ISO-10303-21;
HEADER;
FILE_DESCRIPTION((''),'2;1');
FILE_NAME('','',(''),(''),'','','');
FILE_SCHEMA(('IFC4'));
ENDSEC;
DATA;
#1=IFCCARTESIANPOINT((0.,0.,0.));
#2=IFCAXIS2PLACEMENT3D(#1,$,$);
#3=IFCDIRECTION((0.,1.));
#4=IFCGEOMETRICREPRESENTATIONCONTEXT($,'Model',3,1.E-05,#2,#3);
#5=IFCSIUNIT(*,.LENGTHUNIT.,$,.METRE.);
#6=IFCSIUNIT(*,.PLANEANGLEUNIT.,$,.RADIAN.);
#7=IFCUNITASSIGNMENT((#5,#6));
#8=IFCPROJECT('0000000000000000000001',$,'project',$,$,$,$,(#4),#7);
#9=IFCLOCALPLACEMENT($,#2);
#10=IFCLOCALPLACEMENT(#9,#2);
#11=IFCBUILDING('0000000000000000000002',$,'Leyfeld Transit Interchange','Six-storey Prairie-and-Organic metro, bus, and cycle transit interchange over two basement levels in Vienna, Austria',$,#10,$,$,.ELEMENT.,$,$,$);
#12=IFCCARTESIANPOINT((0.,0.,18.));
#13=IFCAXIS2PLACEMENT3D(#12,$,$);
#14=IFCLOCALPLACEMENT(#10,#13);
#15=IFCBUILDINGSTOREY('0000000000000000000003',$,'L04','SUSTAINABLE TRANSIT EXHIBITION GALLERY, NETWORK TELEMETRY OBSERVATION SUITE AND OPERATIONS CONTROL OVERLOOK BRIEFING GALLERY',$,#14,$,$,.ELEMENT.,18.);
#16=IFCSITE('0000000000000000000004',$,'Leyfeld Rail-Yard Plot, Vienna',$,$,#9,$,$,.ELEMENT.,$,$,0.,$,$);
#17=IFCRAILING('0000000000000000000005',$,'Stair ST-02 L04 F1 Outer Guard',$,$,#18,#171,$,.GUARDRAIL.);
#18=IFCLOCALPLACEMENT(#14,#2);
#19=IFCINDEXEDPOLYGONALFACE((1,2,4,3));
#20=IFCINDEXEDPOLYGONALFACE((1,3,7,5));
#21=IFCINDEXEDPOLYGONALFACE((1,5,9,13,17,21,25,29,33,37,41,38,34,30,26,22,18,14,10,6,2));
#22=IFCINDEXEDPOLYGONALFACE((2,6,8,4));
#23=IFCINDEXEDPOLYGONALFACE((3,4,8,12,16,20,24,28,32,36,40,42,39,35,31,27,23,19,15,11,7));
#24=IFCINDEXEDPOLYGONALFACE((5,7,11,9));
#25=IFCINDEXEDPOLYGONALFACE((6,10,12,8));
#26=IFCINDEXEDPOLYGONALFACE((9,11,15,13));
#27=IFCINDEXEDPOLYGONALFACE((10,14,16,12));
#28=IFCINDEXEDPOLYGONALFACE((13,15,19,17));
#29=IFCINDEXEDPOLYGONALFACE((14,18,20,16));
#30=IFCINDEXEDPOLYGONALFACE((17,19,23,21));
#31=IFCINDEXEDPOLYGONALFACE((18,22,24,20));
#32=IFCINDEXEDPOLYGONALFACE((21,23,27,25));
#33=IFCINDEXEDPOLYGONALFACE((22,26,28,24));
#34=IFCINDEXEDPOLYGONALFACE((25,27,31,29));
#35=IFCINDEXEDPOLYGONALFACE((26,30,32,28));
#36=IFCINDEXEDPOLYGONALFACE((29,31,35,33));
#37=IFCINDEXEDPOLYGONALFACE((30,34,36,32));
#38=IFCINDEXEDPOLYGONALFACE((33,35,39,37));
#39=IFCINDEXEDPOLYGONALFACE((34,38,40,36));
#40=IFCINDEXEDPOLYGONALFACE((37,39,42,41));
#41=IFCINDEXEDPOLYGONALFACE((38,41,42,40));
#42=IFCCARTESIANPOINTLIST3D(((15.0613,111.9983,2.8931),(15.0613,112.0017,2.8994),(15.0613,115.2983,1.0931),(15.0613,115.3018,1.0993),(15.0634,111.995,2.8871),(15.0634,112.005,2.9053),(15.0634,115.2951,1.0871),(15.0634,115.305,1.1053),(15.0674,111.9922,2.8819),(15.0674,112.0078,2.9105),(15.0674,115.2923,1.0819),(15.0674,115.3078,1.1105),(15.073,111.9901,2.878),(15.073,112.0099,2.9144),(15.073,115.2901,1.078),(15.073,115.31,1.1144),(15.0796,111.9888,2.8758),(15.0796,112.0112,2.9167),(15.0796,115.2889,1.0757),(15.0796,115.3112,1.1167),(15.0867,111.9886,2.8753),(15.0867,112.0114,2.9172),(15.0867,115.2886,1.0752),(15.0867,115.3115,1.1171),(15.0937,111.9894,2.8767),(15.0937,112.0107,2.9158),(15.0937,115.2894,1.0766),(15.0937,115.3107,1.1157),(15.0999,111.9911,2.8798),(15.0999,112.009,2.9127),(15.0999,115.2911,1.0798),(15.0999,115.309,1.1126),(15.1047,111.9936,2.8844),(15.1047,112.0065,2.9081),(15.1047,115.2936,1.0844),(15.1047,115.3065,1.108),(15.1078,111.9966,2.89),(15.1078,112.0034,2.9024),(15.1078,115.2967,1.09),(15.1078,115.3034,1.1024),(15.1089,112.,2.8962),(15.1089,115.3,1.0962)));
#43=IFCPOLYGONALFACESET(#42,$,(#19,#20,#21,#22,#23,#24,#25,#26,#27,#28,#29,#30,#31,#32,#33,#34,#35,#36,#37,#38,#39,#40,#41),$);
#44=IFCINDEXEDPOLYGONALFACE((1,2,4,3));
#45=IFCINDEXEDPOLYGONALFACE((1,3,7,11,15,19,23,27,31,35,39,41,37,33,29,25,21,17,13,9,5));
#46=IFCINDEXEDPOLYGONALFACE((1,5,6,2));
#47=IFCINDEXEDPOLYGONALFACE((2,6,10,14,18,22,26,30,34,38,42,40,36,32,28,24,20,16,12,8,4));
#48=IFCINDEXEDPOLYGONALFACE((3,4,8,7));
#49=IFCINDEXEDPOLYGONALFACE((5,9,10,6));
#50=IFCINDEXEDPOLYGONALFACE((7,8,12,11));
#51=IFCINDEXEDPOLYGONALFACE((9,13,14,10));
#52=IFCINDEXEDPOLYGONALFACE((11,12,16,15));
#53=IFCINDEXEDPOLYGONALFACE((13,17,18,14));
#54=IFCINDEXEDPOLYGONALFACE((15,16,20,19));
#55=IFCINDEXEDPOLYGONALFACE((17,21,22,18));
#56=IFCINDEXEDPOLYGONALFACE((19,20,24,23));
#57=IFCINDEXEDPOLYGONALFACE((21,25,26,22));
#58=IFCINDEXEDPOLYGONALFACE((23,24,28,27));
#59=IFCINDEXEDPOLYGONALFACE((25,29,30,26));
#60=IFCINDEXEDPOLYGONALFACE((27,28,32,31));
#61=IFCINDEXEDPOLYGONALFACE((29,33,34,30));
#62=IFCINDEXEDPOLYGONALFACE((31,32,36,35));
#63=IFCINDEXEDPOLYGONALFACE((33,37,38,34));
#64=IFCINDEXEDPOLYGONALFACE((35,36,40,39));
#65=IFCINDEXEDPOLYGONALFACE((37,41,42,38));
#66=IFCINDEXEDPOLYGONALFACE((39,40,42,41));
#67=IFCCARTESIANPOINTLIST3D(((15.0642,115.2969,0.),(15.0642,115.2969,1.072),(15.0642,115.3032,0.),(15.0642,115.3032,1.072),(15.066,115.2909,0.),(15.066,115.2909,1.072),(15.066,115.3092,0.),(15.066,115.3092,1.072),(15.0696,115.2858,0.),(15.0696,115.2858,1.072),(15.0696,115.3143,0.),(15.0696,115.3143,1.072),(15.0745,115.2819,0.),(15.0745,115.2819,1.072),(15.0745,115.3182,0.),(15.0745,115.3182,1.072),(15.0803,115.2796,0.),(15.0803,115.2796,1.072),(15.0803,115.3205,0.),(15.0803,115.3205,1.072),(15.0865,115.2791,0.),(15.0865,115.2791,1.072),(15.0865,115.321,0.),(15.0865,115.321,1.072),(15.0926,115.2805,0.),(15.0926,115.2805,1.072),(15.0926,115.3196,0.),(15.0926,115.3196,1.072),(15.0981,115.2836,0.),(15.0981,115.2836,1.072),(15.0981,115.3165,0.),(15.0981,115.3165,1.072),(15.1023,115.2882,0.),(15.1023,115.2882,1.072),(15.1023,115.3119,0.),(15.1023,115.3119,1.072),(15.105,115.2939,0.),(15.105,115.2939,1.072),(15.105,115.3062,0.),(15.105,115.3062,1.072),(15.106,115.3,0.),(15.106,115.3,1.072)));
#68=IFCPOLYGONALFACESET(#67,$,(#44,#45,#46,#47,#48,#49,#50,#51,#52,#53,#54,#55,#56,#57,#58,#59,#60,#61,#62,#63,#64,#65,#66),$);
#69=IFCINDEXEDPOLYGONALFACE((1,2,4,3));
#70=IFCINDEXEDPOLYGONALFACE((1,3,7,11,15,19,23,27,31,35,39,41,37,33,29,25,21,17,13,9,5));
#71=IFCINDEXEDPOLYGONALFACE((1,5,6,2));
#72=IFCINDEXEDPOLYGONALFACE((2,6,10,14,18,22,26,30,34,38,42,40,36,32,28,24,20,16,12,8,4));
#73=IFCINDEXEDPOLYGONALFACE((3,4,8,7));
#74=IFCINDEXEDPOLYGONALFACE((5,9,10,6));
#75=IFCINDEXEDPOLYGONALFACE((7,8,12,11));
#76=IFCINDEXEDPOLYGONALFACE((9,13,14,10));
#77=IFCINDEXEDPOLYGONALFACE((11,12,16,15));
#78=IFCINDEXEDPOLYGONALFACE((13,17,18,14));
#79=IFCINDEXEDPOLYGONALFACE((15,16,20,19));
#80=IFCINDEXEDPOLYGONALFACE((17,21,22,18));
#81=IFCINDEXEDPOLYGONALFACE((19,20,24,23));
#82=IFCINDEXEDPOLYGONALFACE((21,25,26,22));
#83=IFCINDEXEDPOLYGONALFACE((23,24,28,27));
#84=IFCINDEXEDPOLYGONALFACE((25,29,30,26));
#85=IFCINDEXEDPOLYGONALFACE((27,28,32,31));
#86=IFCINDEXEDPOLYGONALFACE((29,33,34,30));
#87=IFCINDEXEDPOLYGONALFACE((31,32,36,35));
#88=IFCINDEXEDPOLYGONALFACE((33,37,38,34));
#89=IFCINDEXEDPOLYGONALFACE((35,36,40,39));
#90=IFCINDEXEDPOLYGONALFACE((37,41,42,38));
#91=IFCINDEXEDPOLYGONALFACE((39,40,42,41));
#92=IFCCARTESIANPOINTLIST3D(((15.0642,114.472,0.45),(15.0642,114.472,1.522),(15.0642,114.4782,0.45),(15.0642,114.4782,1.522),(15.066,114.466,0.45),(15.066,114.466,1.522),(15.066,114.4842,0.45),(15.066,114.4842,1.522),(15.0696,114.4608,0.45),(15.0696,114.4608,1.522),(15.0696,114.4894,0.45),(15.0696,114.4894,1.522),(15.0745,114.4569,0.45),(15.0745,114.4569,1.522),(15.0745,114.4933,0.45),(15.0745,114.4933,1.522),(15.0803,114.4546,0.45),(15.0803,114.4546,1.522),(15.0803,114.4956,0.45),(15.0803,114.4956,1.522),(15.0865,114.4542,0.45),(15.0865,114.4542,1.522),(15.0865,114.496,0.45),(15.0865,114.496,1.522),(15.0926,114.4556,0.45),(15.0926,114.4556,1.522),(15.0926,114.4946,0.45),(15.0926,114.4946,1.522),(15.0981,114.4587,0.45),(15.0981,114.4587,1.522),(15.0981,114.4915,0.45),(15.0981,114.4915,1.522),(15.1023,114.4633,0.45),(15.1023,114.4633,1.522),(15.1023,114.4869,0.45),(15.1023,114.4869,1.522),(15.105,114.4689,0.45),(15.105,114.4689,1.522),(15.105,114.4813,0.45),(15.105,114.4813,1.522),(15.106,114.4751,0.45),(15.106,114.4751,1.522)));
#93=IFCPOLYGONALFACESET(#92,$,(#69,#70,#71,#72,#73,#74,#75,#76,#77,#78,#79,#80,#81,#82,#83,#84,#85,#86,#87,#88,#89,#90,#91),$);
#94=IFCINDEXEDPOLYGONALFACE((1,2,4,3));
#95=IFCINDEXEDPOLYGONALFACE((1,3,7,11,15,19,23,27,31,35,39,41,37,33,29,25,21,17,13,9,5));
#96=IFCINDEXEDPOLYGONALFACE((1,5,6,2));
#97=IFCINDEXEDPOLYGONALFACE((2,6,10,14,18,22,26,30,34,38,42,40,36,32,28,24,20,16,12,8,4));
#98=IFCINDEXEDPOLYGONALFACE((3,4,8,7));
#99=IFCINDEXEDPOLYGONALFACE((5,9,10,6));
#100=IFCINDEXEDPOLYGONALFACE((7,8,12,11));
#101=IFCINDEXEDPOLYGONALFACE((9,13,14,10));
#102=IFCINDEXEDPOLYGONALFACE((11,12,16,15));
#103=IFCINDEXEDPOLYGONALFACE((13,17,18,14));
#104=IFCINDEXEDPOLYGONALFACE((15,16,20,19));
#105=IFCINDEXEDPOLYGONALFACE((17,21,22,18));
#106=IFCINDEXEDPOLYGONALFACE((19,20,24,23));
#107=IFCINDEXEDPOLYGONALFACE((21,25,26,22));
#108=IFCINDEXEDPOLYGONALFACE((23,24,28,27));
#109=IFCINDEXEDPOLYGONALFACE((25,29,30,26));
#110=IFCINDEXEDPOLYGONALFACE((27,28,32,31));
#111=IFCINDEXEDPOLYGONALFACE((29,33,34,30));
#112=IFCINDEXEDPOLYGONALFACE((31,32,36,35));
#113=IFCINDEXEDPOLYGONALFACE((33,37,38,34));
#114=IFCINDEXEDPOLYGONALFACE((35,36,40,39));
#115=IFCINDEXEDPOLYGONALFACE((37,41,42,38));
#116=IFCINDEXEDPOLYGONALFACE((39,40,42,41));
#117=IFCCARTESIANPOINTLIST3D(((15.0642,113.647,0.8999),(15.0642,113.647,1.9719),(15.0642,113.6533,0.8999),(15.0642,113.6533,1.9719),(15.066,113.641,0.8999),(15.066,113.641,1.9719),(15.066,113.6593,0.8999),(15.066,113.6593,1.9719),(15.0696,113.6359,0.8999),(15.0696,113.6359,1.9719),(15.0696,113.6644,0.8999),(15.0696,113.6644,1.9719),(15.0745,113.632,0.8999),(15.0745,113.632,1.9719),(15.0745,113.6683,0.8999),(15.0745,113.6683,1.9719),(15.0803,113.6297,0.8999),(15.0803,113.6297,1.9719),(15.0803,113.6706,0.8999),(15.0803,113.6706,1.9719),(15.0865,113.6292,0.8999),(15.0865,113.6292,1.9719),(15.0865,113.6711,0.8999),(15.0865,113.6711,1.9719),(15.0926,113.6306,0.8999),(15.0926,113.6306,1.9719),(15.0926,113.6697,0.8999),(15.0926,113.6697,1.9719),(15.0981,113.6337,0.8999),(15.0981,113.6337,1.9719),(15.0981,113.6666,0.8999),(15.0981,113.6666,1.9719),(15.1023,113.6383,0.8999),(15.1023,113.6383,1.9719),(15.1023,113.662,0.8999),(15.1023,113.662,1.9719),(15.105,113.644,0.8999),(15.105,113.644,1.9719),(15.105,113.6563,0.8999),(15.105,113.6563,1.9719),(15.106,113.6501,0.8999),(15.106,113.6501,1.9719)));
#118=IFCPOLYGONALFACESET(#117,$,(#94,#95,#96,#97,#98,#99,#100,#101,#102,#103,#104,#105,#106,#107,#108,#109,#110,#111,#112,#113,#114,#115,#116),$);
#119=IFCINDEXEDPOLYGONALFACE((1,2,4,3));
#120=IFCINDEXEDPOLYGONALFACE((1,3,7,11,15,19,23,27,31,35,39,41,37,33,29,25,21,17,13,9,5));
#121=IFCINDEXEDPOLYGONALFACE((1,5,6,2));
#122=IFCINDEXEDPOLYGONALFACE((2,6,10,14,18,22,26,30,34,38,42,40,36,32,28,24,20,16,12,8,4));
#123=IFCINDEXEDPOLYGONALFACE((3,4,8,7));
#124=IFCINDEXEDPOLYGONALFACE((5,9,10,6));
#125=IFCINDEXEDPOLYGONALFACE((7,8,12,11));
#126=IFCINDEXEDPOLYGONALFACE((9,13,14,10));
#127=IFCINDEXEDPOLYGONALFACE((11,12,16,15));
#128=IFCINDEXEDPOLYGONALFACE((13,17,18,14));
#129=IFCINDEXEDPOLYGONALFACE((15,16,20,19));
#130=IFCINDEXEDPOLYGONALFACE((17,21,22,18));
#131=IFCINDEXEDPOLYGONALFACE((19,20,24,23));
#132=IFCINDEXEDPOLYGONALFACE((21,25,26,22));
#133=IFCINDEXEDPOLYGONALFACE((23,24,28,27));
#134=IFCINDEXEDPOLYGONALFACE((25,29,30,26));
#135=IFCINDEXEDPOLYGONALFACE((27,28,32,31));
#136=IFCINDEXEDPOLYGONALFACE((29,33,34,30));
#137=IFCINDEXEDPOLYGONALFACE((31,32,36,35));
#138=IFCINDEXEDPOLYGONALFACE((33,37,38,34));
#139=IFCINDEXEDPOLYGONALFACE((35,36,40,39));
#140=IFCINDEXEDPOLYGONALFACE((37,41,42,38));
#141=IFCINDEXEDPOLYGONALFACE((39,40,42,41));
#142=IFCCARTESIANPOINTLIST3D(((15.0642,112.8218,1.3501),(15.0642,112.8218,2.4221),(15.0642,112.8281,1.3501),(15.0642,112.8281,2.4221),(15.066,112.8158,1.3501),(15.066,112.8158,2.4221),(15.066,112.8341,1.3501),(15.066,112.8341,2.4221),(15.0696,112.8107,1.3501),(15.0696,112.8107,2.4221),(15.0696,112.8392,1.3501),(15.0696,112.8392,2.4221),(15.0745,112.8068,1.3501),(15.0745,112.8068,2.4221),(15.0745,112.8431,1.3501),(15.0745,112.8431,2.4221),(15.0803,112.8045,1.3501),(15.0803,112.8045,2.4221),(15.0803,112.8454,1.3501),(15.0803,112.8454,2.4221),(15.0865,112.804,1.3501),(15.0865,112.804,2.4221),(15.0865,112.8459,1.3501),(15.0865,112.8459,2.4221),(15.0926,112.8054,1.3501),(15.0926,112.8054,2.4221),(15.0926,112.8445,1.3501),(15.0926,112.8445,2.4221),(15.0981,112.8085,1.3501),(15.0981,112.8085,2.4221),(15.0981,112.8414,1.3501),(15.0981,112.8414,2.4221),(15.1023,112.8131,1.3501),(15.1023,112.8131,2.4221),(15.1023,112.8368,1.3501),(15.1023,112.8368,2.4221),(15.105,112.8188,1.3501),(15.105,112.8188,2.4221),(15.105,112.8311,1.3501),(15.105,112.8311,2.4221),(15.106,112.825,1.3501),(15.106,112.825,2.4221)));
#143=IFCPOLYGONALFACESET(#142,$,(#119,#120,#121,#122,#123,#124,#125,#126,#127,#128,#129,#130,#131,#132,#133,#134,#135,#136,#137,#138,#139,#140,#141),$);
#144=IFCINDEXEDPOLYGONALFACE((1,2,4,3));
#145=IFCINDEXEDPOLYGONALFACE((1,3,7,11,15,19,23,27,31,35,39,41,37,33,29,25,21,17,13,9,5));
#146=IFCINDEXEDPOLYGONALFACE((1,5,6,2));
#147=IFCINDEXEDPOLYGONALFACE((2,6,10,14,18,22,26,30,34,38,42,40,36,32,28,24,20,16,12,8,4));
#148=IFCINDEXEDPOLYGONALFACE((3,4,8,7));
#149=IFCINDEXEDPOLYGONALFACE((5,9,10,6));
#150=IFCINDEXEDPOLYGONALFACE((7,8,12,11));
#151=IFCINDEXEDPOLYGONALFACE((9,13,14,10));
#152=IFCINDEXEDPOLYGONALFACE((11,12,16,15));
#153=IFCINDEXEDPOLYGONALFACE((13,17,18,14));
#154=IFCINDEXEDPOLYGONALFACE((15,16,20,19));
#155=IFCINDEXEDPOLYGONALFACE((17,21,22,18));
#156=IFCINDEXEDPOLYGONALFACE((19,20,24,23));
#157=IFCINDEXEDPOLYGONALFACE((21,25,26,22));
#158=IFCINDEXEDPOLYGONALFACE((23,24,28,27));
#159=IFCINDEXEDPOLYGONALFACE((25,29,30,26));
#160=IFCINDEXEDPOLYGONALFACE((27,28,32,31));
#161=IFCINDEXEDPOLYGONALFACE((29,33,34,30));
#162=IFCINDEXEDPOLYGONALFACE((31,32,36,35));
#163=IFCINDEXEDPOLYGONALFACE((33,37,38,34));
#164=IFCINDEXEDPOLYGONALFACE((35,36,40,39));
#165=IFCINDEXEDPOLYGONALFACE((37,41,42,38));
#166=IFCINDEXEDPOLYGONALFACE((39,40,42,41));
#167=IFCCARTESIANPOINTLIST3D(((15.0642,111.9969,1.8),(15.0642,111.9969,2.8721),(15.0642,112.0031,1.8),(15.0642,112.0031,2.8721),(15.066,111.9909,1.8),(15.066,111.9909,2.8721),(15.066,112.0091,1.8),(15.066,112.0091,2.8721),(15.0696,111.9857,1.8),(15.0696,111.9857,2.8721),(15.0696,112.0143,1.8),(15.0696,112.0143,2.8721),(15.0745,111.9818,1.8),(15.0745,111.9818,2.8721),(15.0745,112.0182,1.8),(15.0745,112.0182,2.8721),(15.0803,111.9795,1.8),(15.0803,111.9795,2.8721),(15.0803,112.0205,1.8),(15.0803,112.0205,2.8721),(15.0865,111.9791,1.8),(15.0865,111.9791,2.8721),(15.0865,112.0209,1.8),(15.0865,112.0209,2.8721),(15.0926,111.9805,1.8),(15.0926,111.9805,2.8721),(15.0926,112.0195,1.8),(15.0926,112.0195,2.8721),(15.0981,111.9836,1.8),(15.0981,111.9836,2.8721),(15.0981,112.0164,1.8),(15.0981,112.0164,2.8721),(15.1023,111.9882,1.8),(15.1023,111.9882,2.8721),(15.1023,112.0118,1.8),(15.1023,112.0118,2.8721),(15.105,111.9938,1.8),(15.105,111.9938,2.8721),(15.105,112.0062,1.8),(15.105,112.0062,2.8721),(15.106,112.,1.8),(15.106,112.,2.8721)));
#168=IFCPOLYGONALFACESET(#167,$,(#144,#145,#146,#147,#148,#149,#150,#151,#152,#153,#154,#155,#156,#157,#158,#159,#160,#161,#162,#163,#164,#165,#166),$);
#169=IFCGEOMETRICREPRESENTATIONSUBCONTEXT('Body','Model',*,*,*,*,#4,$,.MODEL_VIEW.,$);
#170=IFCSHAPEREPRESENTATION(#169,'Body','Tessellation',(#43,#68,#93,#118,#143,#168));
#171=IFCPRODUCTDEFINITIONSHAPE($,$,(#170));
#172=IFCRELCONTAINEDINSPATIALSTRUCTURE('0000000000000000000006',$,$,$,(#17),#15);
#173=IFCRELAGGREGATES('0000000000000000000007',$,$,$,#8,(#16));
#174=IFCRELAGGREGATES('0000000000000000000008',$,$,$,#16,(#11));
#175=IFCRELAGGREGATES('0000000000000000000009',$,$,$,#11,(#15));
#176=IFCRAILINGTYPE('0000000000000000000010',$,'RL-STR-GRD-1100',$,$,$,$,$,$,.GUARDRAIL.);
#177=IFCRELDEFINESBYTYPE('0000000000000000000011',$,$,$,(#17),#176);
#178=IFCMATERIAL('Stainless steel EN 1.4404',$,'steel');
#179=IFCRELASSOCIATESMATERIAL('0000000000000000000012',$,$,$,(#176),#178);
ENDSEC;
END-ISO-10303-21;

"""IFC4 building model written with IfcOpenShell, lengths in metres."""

from ifc_helpers import new_model, si_unit, direction, frame, origin, origin_2d, place, context, subcontext, project, spatial, circle, extrude, material, type_object, element, save


model = new_model("IFC4")

# Units and contexts
model_context = context("Model", 3, precision=1e-05, world=origin(), true_north=direction((0.0, 1.0)))
body_context = subcontext(model_context, "Body", "Model", "MODEL_VIEW")
ifc_project = project(units=[si_unit("LENGTHUNIT", "METRE"), si_unit("PLANEANGLEUNIT", "RADIAN")], contexts=[model_context])

# Site, building, storey
site_placement = place(None, origin())
site = spatial("IfcSite", under=ifc_project, at=site_placement, Name="Leyfeld Rail-Yard Plot, Vienna", CompositionType="ELEMENT", RefElevation=0.0)
building_placement = place(site_placement, origin())
building = spatial("IfcBuilding", under=site, at=building_placement, Name="Leyfeld Transit Interchange", Description="Six-storey Prairie-and-Organic metro, bus, and cycle transit interchange over two basement levels in Vienna, Austria", CompositionType="ELEMENT")
storey_placement = place(building_placement, frame((0.0, 0.0, 18.0)))
storey = spatial("IfcBuildingStorey", under=building, at=storey_placement, Name="L04", Description="SUSTAINABLE TRANSIT EXHIBITION GALLERY, NETWORK TELEMETRY OBSERVATION SUITE AND OPERATIONS CONTROL OVERLOOK BRIEFING GALLERY", CompositionType="ELEMENT", Elevation=18.0)

# Shared definitions
ifc_material_1 = material(Name="Stainless steel EN 1.4404", Category="steel")

# Railing
railing_type_1 = type_object("IfcRailingType", Name="RL-STR-GRD-1100", PredefinedType="GUARDRAIL", material=ifc_material_1)
for number, where, name in (
    (1, (15.085, 115.3, 0.0), "Stair ST-02 L04 F1 Outer Guard"),
):
    element("IfcRailing", number, at=place(storey_placement, frame(where)), inside=storey, type_object=railing_type_1, Name=name, PredefinedType="GUARDRAIL", context=body_context, shape_type="SweptSolid", body=[
        extrude(circle(Radius=0.0239, at=origin_2d()), frame((0.0, 0.0, 1.0962), z_axis=(0.0, -0.877893, 0.478857), x_axis=(1.0, 0.0, 0.0)), (0.0, 0.0, 1.0), 3.759),
        extrude(circle(Radius=0.021, at=origin_2d()), origin(), (0.0, 0.0, 1.0), 1.072),
        extrude(circle(Radius=0.021, at=origin_2d()), frame((0.0, -0.825, 0.45)), (0.0, 0.0, 1.0), 1.072),
        extrude(circle(Radius=0.021, at=origin_2d()), frame((0.0, -1.6499, 0.8999)), (0.0, 0.0, 1.0), 1.072),
        extrude(circle(Radius=0.021, at=origin_2d()), frame((0.0, -2.4751, 1.3501)), (0.0, 0.0, 1.0), 1.072),
        extrude(circle(Radius=0.021, at=origin_2d()), frame((0.0, -3.3, 1.8)), (0.0, 0.0, 1.0), 1.072),
    ])

save(model, "model.ifc")
